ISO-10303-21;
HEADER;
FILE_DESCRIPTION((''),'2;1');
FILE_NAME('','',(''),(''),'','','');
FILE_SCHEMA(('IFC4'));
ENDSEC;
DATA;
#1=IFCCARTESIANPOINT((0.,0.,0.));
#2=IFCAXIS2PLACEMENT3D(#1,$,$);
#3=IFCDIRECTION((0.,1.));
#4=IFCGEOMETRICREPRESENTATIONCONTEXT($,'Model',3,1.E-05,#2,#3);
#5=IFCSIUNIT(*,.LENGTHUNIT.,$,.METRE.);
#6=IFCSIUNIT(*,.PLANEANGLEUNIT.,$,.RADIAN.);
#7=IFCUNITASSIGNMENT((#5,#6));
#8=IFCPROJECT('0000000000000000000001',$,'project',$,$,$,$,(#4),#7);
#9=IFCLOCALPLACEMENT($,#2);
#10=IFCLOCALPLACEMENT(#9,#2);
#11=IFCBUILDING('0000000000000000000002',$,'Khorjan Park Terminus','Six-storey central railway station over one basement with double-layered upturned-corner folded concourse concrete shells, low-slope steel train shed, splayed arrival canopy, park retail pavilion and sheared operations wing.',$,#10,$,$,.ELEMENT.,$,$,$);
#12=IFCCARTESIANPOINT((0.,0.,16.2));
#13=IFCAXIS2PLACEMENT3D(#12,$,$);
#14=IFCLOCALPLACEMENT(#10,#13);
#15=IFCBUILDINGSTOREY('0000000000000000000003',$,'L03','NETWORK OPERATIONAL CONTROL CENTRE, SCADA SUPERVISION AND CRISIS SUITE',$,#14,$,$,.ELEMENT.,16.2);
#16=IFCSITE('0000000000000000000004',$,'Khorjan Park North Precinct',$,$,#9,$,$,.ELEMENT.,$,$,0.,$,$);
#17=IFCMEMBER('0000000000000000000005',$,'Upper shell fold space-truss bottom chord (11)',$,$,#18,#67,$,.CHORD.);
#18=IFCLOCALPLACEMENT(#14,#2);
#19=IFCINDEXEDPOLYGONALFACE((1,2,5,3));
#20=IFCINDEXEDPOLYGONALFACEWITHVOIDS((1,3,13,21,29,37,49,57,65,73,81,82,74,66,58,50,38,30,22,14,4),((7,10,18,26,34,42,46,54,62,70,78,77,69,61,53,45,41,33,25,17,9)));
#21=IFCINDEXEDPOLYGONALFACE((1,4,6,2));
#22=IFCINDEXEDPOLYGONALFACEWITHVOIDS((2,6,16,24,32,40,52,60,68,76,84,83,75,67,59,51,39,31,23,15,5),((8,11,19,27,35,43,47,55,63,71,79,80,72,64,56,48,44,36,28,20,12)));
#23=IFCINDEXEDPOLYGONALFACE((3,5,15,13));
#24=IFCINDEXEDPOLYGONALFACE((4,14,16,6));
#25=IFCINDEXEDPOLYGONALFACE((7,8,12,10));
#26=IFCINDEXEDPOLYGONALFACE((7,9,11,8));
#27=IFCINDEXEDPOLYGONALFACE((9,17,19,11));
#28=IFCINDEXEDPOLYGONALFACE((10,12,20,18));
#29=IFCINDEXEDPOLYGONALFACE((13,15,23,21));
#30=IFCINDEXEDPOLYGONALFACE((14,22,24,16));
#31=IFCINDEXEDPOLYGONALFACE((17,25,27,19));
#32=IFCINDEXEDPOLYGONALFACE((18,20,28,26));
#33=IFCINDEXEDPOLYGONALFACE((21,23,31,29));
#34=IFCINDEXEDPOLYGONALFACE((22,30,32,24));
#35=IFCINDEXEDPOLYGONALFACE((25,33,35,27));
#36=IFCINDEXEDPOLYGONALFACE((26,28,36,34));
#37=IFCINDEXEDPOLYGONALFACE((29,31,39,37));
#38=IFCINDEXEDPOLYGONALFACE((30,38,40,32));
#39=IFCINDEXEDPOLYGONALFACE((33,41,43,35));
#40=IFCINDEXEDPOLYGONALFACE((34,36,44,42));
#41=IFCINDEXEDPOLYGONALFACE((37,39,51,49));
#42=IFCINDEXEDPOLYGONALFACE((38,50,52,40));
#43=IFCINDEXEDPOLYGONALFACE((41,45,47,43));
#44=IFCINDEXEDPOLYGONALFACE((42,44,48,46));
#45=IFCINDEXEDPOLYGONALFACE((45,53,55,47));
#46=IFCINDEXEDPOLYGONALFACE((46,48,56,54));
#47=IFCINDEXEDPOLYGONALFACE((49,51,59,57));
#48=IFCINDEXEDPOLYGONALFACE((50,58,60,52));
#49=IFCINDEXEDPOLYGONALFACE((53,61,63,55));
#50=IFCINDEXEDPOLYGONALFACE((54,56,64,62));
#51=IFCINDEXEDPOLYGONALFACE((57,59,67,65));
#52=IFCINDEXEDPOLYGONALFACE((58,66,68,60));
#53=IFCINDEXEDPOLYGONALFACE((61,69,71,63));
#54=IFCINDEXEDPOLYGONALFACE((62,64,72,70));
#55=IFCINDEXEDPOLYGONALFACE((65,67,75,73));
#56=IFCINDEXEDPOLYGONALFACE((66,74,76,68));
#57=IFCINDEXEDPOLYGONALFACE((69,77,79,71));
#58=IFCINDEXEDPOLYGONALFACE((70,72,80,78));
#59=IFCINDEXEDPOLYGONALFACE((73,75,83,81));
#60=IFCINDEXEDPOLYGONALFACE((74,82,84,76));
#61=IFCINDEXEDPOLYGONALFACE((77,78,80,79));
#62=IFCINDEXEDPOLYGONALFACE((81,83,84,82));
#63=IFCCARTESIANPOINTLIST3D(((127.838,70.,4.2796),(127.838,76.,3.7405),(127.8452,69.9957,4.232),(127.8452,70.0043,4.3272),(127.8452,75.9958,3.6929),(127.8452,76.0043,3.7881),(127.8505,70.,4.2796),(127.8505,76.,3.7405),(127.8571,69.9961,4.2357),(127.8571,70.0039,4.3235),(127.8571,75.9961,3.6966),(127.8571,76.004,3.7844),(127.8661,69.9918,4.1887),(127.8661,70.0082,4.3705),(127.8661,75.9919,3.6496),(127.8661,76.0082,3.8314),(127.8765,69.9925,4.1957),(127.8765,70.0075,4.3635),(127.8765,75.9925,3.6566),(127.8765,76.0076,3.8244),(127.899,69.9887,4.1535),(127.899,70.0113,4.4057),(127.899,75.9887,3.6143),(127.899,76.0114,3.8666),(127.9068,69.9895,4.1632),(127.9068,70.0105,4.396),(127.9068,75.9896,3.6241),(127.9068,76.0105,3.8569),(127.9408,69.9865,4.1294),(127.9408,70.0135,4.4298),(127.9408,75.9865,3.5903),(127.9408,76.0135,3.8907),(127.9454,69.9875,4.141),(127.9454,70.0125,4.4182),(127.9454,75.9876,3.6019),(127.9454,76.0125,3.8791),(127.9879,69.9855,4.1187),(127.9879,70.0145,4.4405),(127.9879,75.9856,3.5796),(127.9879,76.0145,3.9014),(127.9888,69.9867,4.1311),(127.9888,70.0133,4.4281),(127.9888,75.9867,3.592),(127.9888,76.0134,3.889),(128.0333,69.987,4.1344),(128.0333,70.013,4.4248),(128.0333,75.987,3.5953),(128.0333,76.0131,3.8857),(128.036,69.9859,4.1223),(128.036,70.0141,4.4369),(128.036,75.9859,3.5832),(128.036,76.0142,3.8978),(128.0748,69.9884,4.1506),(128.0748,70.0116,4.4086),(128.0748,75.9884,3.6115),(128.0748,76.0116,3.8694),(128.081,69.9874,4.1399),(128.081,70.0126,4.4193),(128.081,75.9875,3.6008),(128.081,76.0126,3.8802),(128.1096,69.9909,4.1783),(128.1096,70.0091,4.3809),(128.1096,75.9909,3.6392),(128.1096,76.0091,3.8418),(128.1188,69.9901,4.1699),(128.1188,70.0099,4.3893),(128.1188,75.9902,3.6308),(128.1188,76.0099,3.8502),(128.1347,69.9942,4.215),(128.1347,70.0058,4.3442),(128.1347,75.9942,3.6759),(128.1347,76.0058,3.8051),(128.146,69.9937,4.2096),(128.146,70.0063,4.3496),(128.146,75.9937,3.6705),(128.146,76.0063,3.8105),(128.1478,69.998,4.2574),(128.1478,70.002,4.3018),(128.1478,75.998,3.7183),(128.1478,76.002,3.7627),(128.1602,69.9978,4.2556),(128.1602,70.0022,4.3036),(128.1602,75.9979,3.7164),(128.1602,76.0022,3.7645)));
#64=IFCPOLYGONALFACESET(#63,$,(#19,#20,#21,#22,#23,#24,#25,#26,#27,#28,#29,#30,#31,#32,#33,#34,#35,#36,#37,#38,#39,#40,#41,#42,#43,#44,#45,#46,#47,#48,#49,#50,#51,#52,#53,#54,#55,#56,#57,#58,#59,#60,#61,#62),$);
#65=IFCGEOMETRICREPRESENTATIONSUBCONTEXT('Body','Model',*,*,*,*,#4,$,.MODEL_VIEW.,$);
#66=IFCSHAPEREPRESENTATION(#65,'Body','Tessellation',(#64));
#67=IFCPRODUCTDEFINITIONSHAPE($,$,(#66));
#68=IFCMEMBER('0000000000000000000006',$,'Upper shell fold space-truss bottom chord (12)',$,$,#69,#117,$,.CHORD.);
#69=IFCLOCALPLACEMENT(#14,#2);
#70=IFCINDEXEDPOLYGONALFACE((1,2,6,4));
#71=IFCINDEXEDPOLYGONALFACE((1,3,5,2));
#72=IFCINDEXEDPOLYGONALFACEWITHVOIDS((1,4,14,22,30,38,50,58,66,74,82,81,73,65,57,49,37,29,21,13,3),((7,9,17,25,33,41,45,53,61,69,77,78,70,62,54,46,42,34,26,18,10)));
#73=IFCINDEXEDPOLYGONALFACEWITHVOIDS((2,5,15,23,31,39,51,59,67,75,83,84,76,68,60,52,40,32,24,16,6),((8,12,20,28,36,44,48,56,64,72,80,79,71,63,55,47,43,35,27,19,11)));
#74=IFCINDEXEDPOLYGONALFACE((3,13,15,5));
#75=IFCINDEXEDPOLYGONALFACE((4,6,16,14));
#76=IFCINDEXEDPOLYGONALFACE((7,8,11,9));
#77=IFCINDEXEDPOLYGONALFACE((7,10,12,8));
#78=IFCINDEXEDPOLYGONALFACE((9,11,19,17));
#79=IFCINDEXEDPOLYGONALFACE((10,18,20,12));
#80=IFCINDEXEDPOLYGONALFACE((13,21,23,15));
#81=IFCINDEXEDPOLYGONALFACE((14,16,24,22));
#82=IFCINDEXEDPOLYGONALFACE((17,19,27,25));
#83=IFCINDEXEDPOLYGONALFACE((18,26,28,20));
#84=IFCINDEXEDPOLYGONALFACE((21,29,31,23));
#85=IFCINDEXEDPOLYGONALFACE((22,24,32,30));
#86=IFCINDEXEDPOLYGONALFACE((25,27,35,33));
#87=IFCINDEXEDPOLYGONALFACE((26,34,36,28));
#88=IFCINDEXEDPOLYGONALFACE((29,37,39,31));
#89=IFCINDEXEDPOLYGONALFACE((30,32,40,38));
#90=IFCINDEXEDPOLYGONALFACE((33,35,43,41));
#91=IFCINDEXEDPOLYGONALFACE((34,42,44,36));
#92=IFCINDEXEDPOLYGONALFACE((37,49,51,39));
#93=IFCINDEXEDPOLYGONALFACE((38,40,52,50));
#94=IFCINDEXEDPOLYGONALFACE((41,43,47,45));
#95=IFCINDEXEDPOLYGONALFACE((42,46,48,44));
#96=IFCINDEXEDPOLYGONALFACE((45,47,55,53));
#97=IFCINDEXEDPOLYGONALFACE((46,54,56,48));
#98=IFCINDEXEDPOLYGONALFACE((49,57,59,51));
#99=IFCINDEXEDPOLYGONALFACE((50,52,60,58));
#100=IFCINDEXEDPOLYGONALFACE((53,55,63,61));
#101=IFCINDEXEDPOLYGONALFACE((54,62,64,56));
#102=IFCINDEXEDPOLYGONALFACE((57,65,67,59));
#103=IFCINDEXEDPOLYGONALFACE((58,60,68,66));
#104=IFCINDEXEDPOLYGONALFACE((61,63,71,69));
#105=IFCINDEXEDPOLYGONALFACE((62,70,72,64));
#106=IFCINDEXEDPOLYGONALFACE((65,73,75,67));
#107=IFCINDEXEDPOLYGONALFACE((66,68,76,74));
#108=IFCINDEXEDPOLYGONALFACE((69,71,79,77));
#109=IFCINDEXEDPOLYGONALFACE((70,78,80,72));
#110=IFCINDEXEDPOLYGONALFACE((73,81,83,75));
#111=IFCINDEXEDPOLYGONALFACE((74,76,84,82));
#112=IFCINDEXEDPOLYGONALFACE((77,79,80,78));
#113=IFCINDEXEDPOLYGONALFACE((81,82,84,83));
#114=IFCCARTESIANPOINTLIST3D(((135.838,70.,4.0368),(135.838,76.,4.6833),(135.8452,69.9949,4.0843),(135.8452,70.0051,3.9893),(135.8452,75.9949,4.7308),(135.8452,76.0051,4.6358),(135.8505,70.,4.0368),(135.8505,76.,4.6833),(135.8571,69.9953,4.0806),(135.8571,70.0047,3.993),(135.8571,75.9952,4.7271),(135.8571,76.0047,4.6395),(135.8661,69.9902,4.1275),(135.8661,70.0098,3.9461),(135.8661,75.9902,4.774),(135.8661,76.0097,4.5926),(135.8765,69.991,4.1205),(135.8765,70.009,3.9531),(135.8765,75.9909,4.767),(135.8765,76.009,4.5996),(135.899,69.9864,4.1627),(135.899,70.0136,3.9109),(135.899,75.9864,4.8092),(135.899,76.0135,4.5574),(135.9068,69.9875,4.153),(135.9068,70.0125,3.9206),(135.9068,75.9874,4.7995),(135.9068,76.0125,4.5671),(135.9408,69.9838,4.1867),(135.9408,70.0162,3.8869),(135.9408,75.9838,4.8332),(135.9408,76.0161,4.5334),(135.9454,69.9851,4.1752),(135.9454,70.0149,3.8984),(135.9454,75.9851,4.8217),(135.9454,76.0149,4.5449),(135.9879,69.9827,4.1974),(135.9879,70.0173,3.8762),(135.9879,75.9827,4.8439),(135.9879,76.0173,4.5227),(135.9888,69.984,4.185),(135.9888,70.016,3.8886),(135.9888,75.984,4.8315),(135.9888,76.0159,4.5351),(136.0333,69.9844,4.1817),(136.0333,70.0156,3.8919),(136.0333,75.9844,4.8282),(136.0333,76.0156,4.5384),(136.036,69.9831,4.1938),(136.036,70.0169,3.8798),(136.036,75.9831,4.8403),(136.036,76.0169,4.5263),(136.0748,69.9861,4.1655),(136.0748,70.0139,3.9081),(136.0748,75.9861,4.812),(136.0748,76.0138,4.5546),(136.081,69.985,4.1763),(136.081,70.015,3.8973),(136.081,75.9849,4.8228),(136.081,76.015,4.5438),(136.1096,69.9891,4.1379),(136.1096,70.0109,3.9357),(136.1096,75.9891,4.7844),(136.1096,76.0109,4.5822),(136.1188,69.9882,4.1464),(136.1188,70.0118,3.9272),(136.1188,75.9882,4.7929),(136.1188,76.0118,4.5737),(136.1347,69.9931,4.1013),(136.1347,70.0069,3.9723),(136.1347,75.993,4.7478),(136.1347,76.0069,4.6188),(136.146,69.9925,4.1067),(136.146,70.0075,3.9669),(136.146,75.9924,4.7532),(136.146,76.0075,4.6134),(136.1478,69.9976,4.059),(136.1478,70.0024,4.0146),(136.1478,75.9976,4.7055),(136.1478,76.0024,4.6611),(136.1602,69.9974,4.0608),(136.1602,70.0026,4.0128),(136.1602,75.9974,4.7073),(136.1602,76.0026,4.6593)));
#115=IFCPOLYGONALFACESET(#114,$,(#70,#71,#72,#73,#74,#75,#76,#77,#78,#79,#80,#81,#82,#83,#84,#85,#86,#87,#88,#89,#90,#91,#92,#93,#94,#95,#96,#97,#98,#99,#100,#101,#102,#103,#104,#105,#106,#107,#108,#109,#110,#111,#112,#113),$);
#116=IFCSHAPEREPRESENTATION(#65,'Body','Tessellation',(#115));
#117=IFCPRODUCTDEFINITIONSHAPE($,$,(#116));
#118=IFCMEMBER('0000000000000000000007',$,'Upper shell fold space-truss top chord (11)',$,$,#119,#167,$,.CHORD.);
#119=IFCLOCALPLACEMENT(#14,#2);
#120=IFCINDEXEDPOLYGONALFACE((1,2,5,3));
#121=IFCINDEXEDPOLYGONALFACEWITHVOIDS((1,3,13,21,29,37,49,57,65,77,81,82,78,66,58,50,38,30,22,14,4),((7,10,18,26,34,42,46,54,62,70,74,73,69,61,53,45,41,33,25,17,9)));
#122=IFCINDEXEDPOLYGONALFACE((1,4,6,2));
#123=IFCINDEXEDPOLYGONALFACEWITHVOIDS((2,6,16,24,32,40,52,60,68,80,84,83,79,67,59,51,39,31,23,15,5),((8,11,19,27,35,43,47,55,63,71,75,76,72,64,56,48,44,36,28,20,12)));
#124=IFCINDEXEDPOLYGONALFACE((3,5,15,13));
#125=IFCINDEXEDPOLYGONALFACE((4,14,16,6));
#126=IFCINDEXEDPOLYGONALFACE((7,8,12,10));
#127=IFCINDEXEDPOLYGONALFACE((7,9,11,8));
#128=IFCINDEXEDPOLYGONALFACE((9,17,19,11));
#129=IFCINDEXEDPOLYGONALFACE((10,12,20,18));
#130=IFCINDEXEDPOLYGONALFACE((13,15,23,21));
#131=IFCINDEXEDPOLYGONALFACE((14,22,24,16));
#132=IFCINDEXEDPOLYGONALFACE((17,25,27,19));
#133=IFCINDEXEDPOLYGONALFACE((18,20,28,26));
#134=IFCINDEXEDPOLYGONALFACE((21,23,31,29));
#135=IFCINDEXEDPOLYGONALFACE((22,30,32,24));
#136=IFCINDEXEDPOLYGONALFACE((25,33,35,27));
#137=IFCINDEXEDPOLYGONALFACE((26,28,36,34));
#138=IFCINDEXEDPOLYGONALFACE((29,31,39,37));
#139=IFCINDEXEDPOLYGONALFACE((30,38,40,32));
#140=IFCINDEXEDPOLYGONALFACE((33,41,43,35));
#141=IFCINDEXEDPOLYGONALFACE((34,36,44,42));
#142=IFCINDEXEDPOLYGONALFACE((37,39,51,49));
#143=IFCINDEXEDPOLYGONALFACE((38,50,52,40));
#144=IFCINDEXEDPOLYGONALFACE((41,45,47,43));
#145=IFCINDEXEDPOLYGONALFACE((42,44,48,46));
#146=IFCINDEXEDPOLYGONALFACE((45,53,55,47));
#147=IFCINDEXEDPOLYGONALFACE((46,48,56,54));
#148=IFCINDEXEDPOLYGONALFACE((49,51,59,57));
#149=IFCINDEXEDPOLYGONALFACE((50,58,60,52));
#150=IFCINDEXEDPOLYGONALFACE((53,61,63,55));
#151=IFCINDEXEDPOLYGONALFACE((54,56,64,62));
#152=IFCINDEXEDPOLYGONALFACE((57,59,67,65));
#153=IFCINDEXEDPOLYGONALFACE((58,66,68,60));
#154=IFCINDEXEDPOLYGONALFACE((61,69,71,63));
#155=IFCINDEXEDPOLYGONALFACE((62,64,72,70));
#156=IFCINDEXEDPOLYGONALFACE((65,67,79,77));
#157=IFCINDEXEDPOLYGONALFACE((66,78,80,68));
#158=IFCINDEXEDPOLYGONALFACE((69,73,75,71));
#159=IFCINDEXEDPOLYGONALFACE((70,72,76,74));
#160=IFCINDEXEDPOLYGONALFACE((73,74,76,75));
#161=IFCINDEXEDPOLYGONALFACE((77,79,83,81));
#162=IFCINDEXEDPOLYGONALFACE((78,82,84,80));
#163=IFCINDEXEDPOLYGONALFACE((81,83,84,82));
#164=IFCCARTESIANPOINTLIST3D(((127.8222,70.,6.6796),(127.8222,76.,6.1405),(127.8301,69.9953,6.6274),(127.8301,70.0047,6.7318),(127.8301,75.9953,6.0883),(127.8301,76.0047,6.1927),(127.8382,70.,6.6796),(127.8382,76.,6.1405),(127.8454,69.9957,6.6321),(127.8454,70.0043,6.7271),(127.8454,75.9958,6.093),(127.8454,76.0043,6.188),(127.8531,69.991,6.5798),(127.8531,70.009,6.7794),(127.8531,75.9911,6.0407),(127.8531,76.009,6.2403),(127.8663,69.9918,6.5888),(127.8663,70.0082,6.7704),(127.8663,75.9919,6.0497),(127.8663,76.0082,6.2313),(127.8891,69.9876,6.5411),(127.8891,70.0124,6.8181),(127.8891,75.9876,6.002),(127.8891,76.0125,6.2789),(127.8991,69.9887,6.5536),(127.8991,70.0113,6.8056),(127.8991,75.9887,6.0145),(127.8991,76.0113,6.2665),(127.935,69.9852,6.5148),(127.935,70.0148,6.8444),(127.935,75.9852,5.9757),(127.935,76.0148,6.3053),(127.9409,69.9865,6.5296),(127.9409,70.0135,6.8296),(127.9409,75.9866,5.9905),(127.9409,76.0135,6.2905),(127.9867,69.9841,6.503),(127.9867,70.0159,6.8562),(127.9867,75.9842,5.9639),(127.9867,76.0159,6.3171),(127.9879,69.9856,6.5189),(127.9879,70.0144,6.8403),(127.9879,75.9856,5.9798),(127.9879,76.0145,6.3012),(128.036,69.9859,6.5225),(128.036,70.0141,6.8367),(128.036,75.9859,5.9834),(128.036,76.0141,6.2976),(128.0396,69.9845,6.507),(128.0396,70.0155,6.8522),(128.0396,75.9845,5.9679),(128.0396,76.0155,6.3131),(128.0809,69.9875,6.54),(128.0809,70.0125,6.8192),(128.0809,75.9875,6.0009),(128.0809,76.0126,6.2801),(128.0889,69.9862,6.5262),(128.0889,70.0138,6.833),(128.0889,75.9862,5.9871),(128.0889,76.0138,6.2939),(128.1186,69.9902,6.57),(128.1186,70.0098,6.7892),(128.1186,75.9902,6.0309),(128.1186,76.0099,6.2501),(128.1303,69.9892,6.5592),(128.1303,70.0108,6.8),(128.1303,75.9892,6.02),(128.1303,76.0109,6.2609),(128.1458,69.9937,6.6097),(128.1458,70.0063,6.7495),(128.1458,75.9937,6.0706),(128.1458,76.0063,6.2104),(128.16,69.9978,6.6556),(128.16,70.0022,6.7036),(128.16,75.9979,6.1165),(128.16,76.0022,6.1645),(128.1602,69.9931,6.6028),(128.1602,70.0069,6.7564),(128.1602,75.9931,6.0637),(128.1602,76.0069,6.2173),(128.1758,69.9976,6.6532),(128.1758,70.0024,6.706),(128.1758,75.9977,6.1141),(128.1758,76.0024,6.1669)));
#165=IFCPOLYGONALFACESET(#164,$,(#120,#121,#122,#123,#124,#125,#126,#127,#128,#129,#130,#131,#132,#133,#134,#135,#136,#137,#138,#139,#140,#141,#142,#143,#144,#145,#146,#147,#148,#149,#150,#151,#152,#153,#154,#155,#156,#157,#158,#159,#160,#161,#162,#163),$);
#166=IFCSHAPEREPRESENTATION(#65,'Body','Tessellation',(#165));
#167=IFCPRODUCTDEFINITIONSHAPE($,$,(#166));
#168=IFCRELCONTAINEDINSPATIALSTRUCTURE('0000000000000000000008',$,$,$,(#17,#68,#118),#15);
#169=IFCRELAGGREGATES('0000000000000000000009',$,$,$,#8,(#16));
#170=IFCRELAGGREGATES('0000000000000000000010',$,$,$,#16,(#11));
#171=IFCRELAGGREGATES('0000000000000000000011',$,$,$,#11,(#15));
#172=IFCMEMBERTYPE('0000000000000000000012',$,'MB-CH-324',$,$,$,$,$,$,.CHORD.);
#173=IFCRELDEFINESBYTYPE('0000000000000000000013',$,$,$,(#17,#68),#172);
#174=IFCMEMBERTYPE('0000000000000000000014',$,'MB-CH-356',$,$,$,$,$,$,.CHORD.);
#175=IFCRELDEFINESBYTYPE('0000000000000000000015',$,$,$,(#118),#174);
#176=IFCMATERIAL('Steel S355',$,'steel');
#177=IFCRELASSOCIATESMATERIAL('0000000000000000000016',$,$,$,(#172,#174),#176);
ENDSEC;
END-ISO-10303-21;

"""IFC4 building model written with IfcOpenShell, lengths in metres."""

from ifc_helpers import new_model, si_unit, direction, frame, origin, origin_2d, place, context, subcontext, project, spatial, hollow_circle, extrude, material, material_profile, profile_set, type_object, element, save


model = new_model("IFC4")

# Units and contexts
model_context = context("Model", 3, precision=1e-05, world=origin(), true_north=direction((0.0, 1.0)))
body_context = subcontext(model_context, "Body", "Model", "MODEL_VIEW")
ifc_project = project(units=[si_unit("LENGTHUNIT", "METRE"), si_unit("PLANEANGLEUNIT", "RADIAN")], contexts=[model_context])

# Site, building, storey
site_placement = place(None, origin())
site = spatial("IfcSite", under=ifc_project, at=site_placement, Name="Khorjan Park North Precinct", CompositionType="ELEMENT", RefElevation=0.0)
building_placement = place(site_placement, origin())
building = spatial("IfcBuilding", under=site, at=building_placement, Name="Khorjan Park Terminus", Description="Six-storey central railway station over one basement with double-layered upturned-corner folded concourse concrete shells, low-slope steel train shed, splayed arrival canopy, park retail pavilion and sheared operations wing.", CompositionType="ELEMENT")
storey_placement = place(building_placement, frame((0.0, 0.0, 16.2)))
storey = spatial("IfcBuildingStorey", under=building, at=storey_placement, Name="L03", Description="NETWORK OPERATIONAL CONTROL CENTRE, SCADA SUPERVISION AND CRISIS SUITE", CompositionType="ELEMENT", Elevation=16.2)

# Members
ifc_material_1 = material(Name="Steel S355", Category="steel")
ifc_material_profile_1 = material_profile(ifc_material_1, hollow_circle(Radius=0.162, WallThickness=0.0125, at=origin_2d()), Name="CHS 323.9x12.5")
ifc_profile_set_1 = profile_set([ifc_material_profile_1], Name="Steel S355")
member_type_1 = type_object("IfcMemberType", Name="MB-CH-324", PredefinedType="CHORD", material=ifc_profile_set_1)
member_1_placement = place(storey_placement, frame((128.0, 70.0, 4.2796), z_axis=(0.0, 0.995988, -0.08949), x_axis=(-1.0, 0.0, 0.0)))
element("IfcMember", 1, at=member_1_placement, inside=storey, type_object=member_type_1, Name="Upper shell fold space-truss bottom chord (11)", PredefinedType="CHORD", context=body_context, shape_type="SweptSolid", body=[
    extrude(hollow_circle(Radius=0.162, WallThickness=0.0125, at=origin_2d()), origin(), (0.0, 0.0, 1.0), 6.0242),
])
member_2_placement = place(storey_placement, frame((136.0, 70.0, 4.0368), z_axis=(0.0, 0.994245, 0.10713), x_axis=(-1.0, 0.0, 0.0)))
element("IfcMember", 2, at=member_2_placement, inside=storey, type_object=member_type_1, Name="Upper shell fold space-truss bottom chord (12)", PredefinedType="CHORD", context=body_context, shape_type="SweptSolid", body=[
    extrude(hollow_circle(Radius=0.162, WallThickness=0.0125, at=origin_2d()), origin(), (0.0, 0.0, 1.0), 6.0347),
])
ifc_material_profile_2 = material_profile(ifc_material_1, hollow_circle(Radius=0.1778, WallThickness=0.016, at=origin_2d()), Name="CHS 355.6x16")
ifc_profile_set_2 = profile_set([ifc_material_profile_2], Name="Steel S355")
member_type_2 = type_object("IfcMemberType", Name="MB-CH-356", PredefinedType="CHORD", material=ifc_profile_set_2)
member_3_placement = place(storey_placement, frame((128.0, 70.0, 6.6796), z_axis=(0.0, 0.995988, -0.08949), x_axis=(-1.0, 0.0, 0.0)))
element("IfcMember", 3, at=member_3_placement, inside=storey, type_object=member_type_2, Name="Upper shell fold space-truss top chord (11)", PredefinedType="CHORD", context=body_context, shape_type="SweptSolid", body=[
    extrude(hollow_circle(Radius=0.1778, WallThickness=0.016, at=origin_2d()), origin(), (0.0, 0.0, 1.0), 6.0242),
])

save(model, "model.ifc")
